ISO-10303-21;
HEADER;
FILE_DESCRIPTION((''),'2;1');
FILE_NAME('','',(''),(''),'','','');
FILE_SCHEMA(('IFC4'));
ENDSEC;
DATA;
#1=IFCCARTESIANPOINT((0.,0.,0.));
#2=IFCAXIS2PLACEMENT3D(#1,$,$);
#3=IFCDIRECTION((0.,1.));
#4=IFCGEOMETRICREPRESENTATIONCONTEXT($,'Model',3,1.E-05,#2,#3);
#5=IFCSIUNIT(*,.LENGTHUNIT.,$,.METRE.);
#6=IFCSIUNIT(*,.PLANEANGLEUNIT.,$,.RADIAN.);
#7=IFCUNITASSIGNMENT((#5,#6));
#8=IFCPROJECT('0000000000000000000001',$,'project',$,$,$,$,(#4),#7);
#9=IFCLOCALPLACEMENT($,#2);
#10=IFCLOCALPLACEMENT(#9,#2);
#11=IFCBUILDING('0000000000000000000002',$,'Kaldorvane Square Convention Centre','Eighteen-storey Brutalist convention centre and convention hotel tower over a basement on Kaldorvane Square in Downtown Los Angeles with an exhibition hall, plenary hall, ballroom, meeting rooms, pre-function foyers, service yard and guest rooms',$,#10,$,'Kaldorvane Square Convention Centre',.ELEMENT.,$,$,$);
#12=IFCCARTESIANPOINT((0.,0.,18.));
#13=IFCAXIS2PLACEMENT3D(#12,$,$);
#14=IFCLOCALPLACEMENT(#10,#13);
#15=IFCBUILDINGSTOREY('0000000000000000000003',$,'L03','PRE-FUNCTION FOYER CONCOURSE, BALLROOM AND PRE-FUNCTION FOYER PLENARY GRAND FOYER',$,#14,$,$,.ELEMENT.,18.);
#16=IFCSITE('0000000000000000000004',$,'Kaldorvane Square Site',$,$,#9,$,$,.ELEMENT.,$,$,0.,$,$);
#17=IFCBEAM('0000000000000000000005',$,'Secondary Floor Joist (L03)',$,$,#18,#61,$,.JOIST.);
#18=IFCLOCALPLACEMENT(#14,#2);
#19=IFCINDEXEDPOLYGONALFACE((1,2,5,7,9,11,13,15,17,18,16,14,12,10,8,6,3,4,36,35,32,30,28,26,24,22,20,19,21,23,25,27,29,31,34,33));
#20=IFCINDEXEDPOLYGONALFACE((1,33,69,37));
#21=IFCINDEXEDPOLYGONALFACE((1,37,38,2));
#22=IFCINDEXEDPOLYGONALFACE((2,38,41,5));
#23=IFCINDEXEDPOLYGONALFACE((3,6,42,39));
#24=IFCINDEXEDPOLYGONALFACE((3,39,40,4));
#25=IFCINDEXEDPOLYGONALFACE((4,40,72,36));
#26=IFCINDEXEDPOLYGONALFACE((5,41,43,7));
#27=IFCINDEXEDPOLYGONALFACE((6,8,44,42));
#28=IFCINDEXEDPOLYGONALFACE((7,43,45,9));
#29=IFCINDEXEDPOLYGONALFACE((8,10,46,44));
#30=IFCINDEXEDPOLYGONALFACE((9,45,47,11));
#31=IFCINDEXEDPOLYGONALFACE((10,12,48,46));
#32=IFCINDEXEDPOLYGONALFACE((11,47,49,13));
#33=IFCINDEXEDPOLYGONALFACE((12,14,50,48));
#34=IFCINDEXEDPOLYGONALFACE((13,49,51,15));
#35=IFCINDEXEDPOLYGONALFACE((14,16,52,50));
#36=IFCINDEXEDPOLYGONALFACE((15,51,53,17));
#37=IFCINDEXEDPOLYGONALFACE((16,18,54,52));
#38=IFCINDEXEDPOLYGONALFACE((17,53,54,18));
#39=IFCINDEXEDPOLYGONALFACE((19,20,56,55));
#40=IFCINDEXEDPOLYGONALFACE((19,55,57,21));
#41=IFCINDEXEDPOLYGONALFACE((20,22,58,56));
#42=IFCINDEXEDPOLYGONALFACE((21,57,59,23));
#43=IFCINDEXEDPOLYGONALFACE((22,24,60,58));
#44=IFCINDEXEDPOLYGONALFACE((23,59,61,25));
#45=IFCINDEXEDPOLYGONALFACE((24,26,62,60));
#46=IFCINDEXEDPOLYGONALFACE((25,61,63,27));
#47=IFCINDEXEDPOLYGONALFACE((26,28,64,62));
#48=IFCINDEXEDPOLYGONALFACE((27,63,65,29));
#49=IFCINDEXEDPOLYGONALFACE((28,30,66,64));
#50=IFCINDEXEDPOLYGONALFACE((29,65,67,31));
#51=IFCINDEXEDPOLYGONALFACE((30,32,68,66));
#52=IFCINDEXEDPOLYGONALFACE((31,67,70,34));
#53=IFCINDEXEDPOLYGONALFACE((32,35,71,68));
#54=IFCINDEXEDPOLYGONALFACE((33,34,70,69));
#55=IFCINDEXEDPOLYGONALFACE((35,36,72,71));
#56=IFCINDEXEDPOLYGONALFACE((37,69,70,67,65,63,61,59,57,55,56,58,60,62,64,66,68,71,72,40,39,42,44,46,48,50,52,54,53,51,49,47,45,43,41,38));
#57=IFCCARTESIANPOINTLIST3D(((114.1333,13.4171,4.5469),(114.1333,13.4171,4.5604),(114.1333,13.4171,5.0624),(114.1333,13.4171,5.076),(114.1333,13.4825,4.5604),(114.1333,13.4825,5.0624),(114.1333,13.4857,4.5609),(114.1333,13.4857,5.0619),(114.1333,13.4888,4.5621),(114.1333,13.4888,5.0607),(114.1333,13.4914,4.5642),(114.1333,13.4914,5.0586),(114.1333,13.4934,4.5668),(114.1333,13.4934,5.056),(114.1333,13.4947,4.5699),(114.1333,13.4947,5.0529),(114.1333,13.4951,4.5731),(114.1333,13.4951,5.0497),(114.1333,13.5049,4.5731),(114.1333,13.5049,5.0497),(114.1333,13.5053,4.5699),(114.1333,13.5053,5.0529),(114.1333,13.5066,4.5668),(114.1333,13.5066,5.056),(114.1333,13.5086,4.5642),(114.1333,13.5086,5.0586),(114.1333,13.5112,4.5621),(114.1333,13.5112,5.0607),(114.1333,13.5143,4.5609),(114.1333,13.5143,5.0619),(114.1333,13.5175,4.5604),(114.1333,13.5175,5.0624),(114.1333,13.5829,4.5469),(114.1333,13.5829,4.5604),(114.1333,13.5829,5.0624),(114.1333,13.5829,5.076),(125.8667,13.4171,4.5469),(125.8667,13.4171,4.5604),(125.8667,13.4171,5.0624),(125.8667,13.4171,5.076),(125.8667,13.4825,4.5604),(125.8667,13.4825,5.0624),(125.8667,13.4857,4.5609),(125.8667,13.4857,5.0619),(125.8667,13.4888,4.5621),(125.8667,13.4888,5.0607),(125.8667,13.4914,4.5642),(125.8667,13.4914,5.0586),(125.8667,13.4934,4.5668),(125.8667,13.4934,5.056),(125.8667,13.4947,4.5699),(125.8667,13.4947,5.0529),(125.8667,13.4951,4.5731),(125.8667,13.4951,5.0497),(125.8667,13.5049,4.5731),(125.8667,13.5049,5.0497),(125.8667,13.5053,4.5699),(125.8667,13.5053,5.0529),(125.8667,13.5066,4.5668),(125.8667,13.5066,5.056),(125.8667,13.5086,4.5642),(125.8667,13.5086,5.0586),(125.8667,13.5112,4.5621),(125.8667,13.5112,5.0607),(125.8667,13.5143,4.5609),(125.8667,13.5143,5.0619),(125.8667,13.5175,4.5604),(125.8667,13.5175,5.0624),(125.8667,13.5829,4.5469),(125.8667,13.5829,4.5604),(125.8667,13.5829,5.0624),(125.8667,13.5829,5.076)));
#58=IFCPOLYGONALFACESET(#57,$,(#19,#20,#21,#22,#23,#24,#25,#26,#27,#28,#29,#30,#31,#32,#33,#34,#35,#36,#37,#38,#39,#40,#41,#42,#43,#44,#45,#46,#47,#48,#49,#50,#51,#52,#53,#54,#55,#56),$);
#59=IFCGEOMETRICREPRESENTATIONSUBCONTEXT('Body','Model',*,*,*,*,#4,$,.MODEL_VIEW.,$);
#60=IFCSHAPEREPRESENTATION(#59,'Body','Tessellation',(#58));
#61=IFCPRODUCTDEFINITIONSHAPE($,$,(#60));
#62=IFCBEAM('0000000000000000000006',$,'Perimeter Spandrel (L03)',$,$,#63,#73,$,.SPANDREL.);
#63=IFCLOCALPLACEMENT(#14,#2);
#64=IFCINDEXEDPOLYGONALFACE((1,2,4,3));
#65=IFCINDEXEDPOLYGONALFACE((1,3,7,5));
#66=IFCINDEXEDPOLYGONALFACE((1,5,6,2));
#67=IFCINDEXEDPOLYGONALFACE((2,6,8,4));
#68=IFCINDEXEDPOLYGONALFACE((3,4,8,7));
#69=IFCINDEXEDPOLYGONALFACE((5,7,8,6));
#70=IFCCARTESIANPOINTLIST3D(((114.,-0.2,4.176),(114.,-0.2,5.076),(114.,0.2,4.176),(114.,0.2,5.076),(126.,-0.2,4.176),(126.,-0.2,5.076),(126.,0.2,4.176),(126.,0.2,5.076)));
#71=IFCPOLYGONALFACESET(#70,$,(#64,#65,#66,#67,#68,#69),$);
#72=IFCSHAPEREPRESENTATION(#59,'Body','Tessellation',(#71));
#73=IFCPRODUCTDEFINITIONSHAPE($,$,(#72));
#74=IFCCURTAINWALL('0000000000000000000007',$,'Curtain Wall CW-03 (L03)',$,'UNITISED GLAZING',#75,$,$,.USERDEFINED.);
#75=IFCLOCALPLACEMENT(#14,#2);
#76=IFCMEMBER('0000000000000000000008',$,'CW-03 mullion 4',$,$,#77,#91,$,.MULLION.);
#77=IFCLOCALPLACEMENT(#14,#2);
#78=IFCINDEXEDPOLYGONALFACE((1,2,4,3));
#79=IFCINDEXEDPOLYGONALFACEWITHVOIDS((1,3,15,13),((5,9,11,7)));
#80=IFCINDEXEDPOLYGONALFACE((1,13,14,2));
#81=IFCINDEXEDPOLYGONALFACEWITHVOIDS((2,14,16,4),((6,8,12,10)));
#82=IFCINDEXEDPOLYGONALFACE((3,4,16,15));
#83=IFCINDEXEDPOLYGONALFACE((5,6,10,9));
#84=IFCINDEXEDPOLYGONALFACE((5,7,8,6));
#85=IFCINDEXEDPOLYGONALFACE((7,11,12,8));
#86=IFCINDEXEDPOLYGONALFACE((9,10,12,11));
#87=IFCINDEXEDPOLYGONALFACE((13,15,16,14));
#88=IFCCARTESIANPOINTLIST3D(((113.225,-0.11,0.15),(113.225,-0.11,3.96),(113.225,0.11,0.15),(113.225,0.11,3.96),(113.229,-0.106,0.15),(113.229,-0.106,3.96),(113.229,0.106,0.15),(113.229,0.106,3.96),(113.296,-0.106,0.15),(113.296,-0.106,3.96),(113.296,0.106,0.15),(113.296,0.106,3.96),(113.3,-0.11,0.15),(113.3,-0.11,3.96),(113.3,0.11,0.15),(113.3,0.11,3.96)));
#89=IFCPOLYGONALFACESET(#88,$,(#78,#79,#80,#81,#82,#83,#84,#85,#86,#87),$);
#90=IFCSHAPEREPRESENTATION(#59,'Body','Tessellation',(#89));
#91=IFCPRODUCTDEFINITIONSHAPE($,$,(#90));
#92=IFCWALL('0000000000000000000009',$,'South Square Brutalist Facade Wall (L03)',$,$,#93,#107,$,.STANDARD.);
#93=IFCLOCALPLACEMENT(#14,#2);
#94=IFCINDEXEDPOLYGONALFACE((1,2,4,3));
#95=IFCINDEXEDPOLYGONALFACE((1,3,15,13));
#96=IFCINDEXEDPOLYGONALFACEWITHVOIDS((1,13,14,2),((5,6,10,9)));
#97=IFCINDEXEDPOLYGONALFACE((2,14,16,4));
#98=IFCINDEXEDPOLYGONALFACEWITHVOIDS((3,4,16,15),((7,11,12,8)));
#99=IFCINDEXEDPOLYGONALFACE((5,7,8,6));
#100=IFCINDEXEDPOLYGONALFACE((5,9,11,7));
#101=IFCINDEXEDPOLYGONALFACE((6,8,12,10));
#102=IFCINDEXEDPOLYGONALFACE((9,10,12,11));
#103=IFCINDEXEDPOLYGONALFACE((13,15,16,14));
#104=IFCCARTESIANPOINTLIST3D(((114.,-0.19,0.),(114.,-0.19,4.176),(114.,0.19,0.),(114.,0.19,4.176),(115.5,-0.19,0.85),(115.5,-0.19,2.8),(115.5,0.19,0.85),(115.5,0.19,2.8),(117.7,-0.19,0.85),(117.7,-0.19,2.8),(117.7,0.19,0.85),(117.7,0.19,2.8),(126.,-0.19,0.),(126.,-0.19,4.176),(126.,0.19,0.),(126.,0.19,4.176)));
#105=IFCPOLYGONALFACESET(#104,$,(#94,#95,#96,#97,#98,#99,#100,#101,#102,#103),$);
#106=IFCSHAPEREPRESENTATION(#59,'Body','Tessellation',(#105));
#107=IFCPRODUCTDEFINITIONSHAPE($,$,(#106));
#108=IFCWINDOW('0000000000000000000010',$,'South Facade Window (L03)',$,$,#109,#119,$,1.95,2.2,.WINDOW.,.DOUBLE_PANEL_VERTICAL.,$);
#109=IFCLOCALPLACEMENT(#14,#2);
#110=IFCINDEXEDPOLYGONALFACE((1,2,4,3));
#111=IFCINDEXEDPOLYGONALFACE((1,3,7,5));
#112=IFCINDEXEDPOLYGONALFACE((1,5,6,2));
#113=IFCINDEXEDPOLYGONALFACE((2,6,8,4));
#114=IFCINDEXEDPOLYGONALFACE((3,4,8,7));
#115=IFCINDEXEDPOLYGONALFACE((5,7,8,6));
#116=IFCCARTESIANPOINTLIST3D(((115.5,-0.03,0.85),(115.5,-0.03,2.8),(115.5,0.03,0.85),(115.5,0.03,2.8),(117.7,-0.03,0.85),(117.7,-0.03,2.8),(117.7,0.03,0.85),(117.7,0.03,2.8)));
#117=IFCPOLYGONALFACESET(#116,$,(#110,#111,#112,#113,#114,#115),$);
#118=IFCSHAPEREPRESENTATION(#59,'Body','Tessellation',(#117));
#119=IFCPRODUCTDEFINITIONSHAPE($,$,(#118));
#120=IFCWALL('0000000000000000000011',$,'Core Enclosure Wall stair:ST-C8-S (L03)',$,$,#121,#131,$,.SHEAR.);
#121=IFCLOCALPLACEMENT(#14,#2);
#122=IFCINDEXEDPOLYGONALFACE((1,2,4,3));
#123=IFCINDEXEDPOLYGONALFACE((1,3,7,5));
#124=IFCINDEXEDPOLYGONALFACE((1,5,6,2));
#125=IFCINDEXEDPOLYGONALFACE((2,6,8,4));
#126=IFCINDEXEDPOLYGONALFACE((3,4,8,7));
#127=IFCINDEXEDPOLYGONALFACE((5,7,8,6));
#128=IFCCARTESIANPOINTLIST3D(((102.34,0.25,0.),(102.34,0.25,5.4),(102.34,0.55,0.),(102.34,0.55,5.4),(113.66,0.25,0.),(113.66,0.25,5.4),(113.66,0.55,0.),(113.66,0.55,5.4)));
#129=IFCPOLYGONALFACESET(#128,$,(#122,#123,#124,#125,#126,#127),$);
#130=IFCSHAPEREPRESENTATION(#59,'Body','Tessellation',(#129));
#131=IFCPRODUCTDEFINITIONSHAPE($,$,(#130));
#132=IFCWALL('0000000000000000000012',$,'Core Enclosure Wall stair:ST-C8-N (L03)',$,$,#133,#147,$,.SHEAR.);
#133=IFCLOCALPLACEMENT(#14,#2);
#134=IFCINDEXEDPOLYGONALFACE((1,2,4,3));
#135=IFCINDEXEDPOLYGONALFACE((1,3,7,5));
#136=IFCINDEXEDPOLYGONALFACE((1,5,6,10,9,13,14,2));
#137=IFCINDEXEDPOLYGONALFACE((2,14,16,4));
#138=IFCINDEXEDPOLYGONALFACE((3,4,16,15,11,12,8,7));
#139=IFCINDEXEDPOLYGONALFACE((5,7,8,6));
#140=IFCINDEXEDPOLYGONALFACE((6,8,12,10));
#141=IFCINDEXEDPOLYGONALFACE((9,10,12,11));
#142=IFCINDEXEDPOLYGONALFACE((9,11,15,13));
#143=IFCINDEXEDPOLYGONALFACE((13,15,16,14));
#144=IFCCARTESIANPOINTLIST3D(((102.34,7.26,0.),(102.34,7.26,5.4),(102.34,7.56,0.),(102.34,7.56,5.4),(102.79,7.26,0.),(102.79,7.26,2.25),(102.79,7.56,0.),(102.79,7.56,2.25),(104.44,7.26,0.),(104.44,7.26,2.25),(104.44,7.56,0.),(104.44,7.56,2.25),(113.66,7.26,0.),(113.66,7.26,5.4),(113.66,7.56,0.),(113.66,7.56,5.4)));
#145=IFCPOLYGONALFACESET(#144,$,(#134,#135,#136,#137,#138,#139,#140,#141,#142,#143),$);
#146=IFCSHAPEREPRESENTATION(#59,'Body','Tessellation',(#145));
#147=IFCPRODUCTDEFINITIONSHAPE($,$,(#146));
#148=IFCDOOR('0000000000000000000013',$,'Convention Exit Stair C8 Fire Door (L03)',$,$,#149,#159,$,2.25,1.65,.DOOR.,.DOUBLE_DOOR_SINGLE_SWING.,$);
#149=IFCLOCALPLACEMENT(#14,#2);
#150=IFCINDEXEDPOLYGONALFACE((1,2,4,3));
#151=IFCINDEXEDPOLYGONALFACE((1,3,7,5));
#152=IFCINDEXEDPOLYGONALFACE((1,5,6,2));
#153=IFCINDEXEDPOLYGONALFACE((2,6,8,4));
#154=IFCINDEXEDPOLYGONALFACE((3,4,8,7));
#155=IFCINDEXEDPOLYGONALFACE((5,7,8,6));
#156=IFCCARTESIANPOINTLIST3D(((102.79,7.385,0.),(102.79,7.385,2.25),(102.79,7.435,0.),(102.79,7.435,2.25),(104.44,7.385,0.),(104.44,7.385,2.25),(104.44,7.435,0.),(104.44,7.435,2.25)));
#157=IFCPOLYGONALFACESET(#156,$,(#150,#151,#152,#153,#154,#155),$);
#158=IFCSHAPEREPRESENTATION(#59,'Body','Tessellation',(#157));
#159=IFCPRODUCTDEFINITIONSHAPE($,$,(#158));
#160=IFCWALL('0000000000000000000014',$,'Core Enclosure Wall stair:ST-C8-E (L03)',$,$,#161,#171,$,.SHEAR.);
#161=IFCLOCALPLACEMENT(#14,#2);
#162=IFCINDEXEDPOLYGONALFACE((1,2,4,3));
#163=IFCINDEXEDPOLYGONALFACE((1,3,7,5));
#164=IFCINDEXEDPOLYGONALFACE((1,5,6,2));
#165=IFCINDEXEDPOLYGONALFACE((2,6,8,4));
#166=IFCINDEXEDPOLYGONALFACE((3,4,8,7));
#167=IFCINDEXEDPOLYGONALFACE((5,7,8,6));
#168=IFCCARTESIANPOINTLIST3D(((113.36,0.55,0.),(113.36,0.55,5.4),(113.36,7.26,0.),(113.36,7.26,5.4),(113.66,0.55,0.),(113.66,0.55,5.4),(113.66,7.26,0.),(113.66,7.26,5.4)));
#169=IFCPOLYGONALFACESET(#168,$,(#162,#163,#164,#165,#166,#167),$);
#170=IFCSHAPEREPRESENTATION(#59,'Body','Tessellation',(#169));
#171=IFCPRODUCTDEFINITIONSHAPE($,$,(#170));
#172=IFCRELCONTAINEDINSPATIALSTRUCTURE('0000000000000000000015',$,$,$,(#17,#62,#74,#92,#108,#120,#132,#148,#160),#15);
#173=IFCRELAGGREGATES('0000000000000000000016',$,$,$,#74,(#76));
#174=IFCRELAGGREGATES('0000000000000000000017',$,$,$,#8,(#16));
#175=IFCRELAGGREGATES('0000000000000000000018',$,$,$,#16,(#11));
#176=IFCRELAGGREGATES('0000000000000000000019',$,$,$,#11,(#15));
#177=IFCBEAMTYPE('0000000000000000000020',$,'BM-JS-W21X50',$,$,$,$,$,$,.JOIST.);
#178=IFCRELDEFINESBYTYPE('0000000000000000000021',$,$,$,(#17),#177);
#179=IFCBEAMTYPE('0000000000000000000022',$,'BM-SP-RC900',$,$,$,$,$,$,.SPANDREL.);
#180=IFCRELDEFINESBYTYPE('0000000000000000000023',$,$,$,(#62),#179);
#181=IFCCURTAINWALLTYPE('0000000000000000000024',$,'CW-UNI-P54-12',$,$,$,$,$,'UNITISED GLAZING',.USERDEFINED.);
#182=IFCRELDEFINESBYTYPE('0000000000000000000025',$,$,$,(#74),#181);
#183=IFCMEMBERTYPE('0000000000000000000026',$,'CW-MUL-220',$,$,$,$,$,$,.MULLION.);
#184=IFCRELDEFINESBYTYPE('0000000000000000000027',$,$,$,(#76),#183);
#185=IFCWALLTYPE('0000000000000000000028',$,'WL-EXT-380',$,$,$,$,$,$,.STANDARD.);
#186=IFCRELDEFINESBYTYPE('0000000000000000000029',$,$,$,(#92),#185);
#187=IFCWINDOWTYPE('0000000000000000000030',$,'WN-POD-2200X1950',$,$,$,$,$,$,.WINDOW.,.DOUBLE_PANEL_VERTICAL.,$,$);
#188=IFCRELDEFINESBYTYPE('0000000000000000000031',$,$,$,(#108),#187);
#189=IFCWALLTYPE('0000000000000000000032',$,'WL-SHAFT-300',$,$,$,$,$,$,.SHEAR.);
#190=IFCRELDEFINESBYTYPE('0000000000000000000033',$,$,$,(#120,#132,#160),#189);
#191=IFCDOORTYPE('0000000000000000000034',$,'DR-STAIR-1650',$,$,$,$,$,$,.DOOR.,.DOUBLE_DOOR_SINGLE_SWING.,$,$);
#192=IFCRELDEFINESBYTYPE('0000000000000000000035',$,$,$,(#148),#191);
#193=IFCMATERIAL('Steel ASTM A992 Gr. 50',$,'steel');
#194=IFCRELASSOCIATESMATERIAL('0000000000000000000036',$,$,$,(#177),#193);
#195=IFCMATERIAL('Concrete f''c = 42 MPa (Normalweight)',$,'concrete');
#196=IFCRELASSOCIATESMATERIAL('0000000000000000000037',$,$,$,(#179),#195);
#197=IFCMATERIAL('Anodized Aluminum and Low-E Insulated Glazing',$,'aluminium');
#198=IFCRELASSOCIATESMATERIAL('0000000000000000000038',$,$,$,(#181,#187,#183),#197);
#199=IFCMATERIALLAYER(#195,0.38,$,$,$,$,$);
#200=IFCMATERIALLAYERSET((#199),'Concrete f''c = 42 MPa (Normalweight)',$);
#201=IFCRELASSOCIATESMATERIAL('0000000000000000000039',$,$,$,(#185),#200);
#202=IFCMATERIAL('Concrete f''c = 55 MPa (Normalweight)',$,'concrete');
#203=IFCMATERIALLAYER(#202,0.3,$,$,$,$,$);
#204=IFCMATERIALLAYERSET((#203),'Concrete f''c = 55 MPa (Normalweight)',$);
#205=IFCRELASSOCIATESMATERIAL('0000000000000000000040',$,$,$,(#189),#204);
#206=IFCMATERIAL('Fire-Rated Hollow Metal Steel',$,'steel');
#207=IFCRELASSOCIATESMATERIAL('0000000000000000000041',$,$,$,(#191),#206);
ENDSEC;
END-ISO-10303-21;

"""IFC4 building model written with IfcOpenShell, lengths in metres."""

from ifc_helpers import new_model, si_unit, direction, frame, frame_2d, origin, origin_2d, place, context, subcontext, project, spatial, rectangle, hollow_rectangle, i_section, extrude, material, layer, layer_set, material_profile, profile_set, type_object, element, fill, aggregate, save


model = new_model("IFC4")

# Units and contexts
model_context = context("Model", 3, precision=1e-05, world=origin(), true_north=direction((0.0, 1.0)))
body_context = subcontext(model_context, "Body", "Model", "MODEL_VIEW")
ifc_project = project(units=[si_unit("LENGTHUNIT", "METRE"), si_unit("PLANEANGLEUNIT", "RADIAN")], contexts=[model_context])

# Site, building, storey
site_placement = place(None, origin())
site = spatial("IfcSite", under=ifc_project, at=site_placement, Name="Kaldorvane Square Site", CompositionType="ELEMENT", RefElevation=0.0)
building_placement = place(site_placement, origin())
building = spatial("IfcBuilding", under=site, at=building_placement, Name="Kaldorvane Square Convention Centre", Description="Eighteen-storey Brutalist convention centre and convention hotel tower over a basement on Kaldorvane Square in Downtown Los Angeles with an exhibition hall, plenary hall, ballroom, meeting rooms, pre-function foyers, service yard and guest rooms", LongName="Kaldorvane Square Convention Centre", CompositionType="ELEMENT")
storey_placement = place(building_placement, frame((0.0, 0.0, 18.0)))
storey = spatial("IfcBuildingStorey", under=building, at=storey_placement, Name="L03", Description="PRE-FUNCTION FOYER CONCOURSE, BALLROOM AND PRE-FUNCTION FOYER PLENARY GRAND FOYER", CompositionType="ELEMENT", Elevation=18.0)

# Shared definitions
ifc_material_1 = material(Name="Concrete f'c = 55 MPa (Normalweight)", Category="concrete")
ifc_material_2 = material(Name="Steel ASTM A992 Gr. 50", Category="steel")

# Beams
ifc_material_profile_1 = material_profile(ifc_material_2, i_section(OverallWidth=0.1659, OverallDepth=0.5291, WebThickness=0.0097, FlangeThickness=0.0136, FilletRadius=0.0127, at=origin_2d()), Name="W21X50")
ifc_profile_set_1 = profile_set([ifc_material_profile_1], Name="Steel ASTM A992 Gr. 50")
beam_type_1 = type_object("IfcBeamType", Name="BM-JS-W21X50", PredefinedType="JOIST", material=ifc_profile_set_1)
beam_1_placement = place(storey_placement, frame((114.1333, 13.5, 4.8114), z_axis=(1.0, 0.0, 0.0), x_axis=(0.0, 1.0, 0.0)))
element("IfcBeam", 1, at=beam_1_placement, inside=storey, type_object=beam_type_1, Name="Secondary Floor Joist (L03)", PredefinedType="JOIST", context=body_context, shape_type="SweptSolid", body=[
    extrude(i_section(OverallWidth=0.1659, OverallDepth=0.5291, WebThickness=0.0097, FlangeThickness=0.0136, FilletRadius=0.0127, at=origin_2d()), origin(), (0.0, 0.0, 1.0), 11.7334),
])
ifc_material_3 = material(Name="Concrete f'c = 42 MPa (Normalweight)", Category="concrete")
ifc_material_profile_2 = material_profile(ifc_material_3, rectangle(XDim=0.4, YDim=0.9, at=origin_2d()), Name="RCSP900X400")
ifc_profile_set_2 = profile_set([ifc_material_profile_2], Name="Concrete f'c = 42 MPa (Normalweight)")
beam_type_2 = type_object("IfcBeamType", Name="BM-SP-RC900", PredefinedType="SPANDREL", material=ifc_profile_set_2)
beam_2_placement = place(storey_placement, frame((114.0, 0.0, 4.626), z_axis=(1.0, 0.0, 0.0), x_axis=(0.0, 1.0, 0.0)))
element("IfcBeam", 2, at=beam_2_placement, inside=storey, type_object=beam_type_2, Name="Perimeter Spandrel (L03)", PredefinedType="SPANDREL", context=body_context, shape_type="SweptSolid", body=[
    extrude(rectangle(XDim=0.4, YDim=0.9, at=origin_2d()), origin(), (0.0, 0.0, 1.0), 12.0),
])

# Curtain wall, member
ifc_material_4 = material(Name="Anodized Aluminum and Low-E Insulated Glazing", Category="aluminium")
curtain_wall_type = type_object("IfcCurtainWallType", Name="CW-UNI-P54-12", ElementType="UNITISED GLAZING", PredefinedType="USERDEFINED", material=ifc_material_4)
curtain_wall_placement = place(storey_placement, origin())
curtain_wall = element("IfcCurtainWall", 3, at=curtain_wall_placement, inside=storey, type_object=curtain_wall_type, Name="Curtain Wall CW-03 (L03)", ObjectType="UNITISED GLAZING", PredefinedType="USERDEFINED")
ifc_material_profile_3 = material_profile(ifc_material_4, hollow_rectangle(XDim=0.075, YDim=0.22, WallThickness=0.004, at=origin_2d()), Name="CWM-220X75")
ifc_profile_set_3 = profile_set([ifc_material_profile_3], Name="Anodized Aluminum and Low-E Insulated Glazing")
member_type = type_object("IfcMemberType", Name="CW-MUL-220", PredefinedType="MULLION", material=ifc_profile_set_3)
member_placement = place(storey_placement, frame((113.2625, 0.0, 0.15), z_axis=(0.0, 0.0, 1.0), x_axis=(1.0, 0.0, 0.0)))
member = element("IfcMember", 4, at=member_placement, type_object=member_type, Name="CW-03 mullion 4", PredefinedType="MULLION", context=body_context, shape_type="SweptSolid", body=[
    extrude(hollow_rectangle(XDim=0.075, YDim=0.22, WallThickness=0.004, at=origin_2d()), origin(), (0.0, 0.0, 1.0), 3.81),
])
aggregate(curtain_wall, [member])

# Wall, opening, window
ifc_layer_1 = layer(ifc_material_3, 0.38)
ifc_layer_set_1 = layer_set([ifc_layer_1], Name="Concrete f'c = 42 MPa (Normalweight)")
wall_type_1 = type_object("IfcWallType", Name="WL-EXT-380", PredefinedType="STANDARD", material=ifc_layer_set_1)
wall_1_placement = place(storey_placement, frame((114.0, 0.0, 0.0), z_axis=(0.0, 0.0, 1.0), x_axis=(1.0, 0.0, 0.0)))
wall_1 = element("IfcWall", 5, at=wall_1_placement, inside=storey, type_object=wall_type_1, Name="South Square Brutalist Facade Wall (L03)", PredefinedType="STANDARD", context=body_context, shape_type="SweptSolid", body=[
    extrude(rectangle(XDim=12.0, YDim=0.38, at=frame_2d((6.0, 0.0))), origin(), (0.0, 0.0, 1.0), 4.176),
])
opening_1_placement = place(wall_1_placement, frame((1.5, 0.0, 0.85)))
opening_1 = element("IfcOpeningElement", 6, at=opening_1_placement, cuts=wall_1, PredefinedType="OPENING", context=body_context, shape_type="SweptSolid", body=[
    extrude(rectangle(XDim=2.2, YDim=1.95, at=frame_2d((1.1, 0.975))), frame((0.0, 0.205, 0.0), z_axis=(0.0, -1.0, 0.0), x_axis=(1.0, 0.0, 0.0)), (0.0, 0.0, 1.0), 0.41),
])
window_type = type_object("IfcWindowType", Name="WN-POD-2200X1950", PartitioningType="DOUBLE_PANEL_VERTICAL", PredefinedType="WINDOW", material=ifc_material_4)
window_placement = place(opening_1_placement, origin())
window = element("IfcWindow", 7, at=window_placement, inside=storey, type_object=window_type, Name="South Facade Window (L03)", OverallHeight=1.95, OverallWidth=2.2, PartitioningType="DOUBLE_PANEL_VERTICAL", PredefinedType="WINDOW", context=body_context, shape_type="SweptSolid", body=[
    extrude(rectangle(XDim=2.2, YDim=1.95, at=frame_2d((1.1, 0.975))), frame((0.0, 0.03, 0.0), z_axis=(0.0, -1.0, 0.0), x_axis=(1.0, 0.0, 0.0)), (0.0, 0.0, 1.0), 0.06),
])
fill(opening_1, window)

# Wall
ifc_layer_2 = layer(ifc_material_1, 0.3)
ifc_layer_set_2 = layer_set([ifc_layer_2], Name="Concrete f'c = 55 MPa (Normalweight)")
wall_type_2 = type_object("IfcWallType", Name="WL-SHAFT-300", PredefinedType="SHEAR", material=ifc_layer_set_2)
wall_2_placement = place(storey_placement, frame((113.66, 0.4, 0.0), z_axis=(0.0, 0.0, 1.0), x_axis=(-1.0, 0.0, 0.0)))
element("IfcWall", 8, at=wall_2_placement, inside=storey, type_object=wall_type_2, Name="Core Enclosure Wall stair:ST-C8-S (L03)", PredefinedType="SHEAR", context=body_context, shape_type="SweptSolid", body=[
    extrude(rectangle(XDim=11.32, YDim=0.3, at=frame_2d((5.66, 0.0))), origin(), (0.0, 0.0, 1.0), 5.4),
])

# Wall, opening, door
wall_3_placement = place(storey_placement, frame((113.66, 7.41, 0.0), z_axis=(0.0, 0.0, 1.0), x_axis=(-1.0, 0.0, 0.0)))
wall_3 = element("IfcWall", 9, at=wall_3_placement, inside=storey, type_object=wall_type_2, Name="Core Enclosure Wall stair:ST-C8-N (L03)", PredefinedType="SHEAR", context=body_context, shape_type="SweptSolid", body=[
    extrude(rectangle(XDim=11.32, YDim=0.3, at=frame_2d((5.66, 0.0))), origin(), (0.0, 0.0, 1.0), 5.4),
])
opening_2_placement = place(wall_3_placement, frame((9.22, 0.0, 0.0)))
opening_2 = element("IfcOpeningElement", 10, at=opening_2_placement, cuts=wall_3, PredefinedType="OPENING", context=body_context, shape_type="SweptSolid", body=[
    extrude(rectangle(XDim=1.65, YDim=2.25, at=frame_2d((0.825, 1.125))), frame((0.0, 0.165, 0.0), z_axis=(0.0, -1.0, 0.0), x_axis=(1.0, 0.0, 0.0)), (0.0, 0.0, 1.0), 0.33),
])
ifc_material_5 = material(Name="Fire-Rated Hollow Metal Steel", Category="steel")
door_type = type_object("IfcDoorType", Name="DR-STAIR-1650", OperationType="DOUBLE_DOOR_SINGLE_SWING", PredefinedType="DOOR", material=ifc_material_5)
door_placement = place(opening_2_placement, origin())
door = element("IfcDoor", 11, at=door_placement, inside=storey, type_object=door_type, Name="Convention Exit Stair C8 Fire Door (L03)", OperationType="DOUBLE_DOOR_SINGLE_SWING", OverallHeight=2.25, OverallWidth=1.65, PredefinedType="DOOR", context=body_context, shape_type="SweptSolid", body=[
    extrude(rectangle(XDim=1.65, YDim=2.25, at=frame_2d((0.825, 1.125))), frame((0.0, 0.025, 0.0), z_axis=(0.0, -1.0, 0.0), x_axis=(1.0, 0.0, 0.0)), (0.0, 0.0, 1.0), 0.05),
])
fill(opening_2, door)

# Wall
for number, where, z_axis, x_axis, name in (
    (12, (113.51, 0.55, 0.0), (0.0, 0.0, 1.0), (0.0, 1.0, 0.0), "Core Enclosure Wall stair:ST-C8-E (L03)"),
):
    element("IfcWall", number, at=place(storey_placement, frame(where, z_axis=z_axis, x_axis=x_axis)), inside=storey, type_object=wall_type_2, Name=name, PredefinedType="SHEAR", context=body_context, shape_type="SweptSolid", body=[
        extrude(rectangle(XDim=6.71, YDim=0.3, at=frame_2d((3.355, 0.0))), origin(), (0.0, 0.0, 1.0), 5.4),
    ])

save(model, "model.ifc")
